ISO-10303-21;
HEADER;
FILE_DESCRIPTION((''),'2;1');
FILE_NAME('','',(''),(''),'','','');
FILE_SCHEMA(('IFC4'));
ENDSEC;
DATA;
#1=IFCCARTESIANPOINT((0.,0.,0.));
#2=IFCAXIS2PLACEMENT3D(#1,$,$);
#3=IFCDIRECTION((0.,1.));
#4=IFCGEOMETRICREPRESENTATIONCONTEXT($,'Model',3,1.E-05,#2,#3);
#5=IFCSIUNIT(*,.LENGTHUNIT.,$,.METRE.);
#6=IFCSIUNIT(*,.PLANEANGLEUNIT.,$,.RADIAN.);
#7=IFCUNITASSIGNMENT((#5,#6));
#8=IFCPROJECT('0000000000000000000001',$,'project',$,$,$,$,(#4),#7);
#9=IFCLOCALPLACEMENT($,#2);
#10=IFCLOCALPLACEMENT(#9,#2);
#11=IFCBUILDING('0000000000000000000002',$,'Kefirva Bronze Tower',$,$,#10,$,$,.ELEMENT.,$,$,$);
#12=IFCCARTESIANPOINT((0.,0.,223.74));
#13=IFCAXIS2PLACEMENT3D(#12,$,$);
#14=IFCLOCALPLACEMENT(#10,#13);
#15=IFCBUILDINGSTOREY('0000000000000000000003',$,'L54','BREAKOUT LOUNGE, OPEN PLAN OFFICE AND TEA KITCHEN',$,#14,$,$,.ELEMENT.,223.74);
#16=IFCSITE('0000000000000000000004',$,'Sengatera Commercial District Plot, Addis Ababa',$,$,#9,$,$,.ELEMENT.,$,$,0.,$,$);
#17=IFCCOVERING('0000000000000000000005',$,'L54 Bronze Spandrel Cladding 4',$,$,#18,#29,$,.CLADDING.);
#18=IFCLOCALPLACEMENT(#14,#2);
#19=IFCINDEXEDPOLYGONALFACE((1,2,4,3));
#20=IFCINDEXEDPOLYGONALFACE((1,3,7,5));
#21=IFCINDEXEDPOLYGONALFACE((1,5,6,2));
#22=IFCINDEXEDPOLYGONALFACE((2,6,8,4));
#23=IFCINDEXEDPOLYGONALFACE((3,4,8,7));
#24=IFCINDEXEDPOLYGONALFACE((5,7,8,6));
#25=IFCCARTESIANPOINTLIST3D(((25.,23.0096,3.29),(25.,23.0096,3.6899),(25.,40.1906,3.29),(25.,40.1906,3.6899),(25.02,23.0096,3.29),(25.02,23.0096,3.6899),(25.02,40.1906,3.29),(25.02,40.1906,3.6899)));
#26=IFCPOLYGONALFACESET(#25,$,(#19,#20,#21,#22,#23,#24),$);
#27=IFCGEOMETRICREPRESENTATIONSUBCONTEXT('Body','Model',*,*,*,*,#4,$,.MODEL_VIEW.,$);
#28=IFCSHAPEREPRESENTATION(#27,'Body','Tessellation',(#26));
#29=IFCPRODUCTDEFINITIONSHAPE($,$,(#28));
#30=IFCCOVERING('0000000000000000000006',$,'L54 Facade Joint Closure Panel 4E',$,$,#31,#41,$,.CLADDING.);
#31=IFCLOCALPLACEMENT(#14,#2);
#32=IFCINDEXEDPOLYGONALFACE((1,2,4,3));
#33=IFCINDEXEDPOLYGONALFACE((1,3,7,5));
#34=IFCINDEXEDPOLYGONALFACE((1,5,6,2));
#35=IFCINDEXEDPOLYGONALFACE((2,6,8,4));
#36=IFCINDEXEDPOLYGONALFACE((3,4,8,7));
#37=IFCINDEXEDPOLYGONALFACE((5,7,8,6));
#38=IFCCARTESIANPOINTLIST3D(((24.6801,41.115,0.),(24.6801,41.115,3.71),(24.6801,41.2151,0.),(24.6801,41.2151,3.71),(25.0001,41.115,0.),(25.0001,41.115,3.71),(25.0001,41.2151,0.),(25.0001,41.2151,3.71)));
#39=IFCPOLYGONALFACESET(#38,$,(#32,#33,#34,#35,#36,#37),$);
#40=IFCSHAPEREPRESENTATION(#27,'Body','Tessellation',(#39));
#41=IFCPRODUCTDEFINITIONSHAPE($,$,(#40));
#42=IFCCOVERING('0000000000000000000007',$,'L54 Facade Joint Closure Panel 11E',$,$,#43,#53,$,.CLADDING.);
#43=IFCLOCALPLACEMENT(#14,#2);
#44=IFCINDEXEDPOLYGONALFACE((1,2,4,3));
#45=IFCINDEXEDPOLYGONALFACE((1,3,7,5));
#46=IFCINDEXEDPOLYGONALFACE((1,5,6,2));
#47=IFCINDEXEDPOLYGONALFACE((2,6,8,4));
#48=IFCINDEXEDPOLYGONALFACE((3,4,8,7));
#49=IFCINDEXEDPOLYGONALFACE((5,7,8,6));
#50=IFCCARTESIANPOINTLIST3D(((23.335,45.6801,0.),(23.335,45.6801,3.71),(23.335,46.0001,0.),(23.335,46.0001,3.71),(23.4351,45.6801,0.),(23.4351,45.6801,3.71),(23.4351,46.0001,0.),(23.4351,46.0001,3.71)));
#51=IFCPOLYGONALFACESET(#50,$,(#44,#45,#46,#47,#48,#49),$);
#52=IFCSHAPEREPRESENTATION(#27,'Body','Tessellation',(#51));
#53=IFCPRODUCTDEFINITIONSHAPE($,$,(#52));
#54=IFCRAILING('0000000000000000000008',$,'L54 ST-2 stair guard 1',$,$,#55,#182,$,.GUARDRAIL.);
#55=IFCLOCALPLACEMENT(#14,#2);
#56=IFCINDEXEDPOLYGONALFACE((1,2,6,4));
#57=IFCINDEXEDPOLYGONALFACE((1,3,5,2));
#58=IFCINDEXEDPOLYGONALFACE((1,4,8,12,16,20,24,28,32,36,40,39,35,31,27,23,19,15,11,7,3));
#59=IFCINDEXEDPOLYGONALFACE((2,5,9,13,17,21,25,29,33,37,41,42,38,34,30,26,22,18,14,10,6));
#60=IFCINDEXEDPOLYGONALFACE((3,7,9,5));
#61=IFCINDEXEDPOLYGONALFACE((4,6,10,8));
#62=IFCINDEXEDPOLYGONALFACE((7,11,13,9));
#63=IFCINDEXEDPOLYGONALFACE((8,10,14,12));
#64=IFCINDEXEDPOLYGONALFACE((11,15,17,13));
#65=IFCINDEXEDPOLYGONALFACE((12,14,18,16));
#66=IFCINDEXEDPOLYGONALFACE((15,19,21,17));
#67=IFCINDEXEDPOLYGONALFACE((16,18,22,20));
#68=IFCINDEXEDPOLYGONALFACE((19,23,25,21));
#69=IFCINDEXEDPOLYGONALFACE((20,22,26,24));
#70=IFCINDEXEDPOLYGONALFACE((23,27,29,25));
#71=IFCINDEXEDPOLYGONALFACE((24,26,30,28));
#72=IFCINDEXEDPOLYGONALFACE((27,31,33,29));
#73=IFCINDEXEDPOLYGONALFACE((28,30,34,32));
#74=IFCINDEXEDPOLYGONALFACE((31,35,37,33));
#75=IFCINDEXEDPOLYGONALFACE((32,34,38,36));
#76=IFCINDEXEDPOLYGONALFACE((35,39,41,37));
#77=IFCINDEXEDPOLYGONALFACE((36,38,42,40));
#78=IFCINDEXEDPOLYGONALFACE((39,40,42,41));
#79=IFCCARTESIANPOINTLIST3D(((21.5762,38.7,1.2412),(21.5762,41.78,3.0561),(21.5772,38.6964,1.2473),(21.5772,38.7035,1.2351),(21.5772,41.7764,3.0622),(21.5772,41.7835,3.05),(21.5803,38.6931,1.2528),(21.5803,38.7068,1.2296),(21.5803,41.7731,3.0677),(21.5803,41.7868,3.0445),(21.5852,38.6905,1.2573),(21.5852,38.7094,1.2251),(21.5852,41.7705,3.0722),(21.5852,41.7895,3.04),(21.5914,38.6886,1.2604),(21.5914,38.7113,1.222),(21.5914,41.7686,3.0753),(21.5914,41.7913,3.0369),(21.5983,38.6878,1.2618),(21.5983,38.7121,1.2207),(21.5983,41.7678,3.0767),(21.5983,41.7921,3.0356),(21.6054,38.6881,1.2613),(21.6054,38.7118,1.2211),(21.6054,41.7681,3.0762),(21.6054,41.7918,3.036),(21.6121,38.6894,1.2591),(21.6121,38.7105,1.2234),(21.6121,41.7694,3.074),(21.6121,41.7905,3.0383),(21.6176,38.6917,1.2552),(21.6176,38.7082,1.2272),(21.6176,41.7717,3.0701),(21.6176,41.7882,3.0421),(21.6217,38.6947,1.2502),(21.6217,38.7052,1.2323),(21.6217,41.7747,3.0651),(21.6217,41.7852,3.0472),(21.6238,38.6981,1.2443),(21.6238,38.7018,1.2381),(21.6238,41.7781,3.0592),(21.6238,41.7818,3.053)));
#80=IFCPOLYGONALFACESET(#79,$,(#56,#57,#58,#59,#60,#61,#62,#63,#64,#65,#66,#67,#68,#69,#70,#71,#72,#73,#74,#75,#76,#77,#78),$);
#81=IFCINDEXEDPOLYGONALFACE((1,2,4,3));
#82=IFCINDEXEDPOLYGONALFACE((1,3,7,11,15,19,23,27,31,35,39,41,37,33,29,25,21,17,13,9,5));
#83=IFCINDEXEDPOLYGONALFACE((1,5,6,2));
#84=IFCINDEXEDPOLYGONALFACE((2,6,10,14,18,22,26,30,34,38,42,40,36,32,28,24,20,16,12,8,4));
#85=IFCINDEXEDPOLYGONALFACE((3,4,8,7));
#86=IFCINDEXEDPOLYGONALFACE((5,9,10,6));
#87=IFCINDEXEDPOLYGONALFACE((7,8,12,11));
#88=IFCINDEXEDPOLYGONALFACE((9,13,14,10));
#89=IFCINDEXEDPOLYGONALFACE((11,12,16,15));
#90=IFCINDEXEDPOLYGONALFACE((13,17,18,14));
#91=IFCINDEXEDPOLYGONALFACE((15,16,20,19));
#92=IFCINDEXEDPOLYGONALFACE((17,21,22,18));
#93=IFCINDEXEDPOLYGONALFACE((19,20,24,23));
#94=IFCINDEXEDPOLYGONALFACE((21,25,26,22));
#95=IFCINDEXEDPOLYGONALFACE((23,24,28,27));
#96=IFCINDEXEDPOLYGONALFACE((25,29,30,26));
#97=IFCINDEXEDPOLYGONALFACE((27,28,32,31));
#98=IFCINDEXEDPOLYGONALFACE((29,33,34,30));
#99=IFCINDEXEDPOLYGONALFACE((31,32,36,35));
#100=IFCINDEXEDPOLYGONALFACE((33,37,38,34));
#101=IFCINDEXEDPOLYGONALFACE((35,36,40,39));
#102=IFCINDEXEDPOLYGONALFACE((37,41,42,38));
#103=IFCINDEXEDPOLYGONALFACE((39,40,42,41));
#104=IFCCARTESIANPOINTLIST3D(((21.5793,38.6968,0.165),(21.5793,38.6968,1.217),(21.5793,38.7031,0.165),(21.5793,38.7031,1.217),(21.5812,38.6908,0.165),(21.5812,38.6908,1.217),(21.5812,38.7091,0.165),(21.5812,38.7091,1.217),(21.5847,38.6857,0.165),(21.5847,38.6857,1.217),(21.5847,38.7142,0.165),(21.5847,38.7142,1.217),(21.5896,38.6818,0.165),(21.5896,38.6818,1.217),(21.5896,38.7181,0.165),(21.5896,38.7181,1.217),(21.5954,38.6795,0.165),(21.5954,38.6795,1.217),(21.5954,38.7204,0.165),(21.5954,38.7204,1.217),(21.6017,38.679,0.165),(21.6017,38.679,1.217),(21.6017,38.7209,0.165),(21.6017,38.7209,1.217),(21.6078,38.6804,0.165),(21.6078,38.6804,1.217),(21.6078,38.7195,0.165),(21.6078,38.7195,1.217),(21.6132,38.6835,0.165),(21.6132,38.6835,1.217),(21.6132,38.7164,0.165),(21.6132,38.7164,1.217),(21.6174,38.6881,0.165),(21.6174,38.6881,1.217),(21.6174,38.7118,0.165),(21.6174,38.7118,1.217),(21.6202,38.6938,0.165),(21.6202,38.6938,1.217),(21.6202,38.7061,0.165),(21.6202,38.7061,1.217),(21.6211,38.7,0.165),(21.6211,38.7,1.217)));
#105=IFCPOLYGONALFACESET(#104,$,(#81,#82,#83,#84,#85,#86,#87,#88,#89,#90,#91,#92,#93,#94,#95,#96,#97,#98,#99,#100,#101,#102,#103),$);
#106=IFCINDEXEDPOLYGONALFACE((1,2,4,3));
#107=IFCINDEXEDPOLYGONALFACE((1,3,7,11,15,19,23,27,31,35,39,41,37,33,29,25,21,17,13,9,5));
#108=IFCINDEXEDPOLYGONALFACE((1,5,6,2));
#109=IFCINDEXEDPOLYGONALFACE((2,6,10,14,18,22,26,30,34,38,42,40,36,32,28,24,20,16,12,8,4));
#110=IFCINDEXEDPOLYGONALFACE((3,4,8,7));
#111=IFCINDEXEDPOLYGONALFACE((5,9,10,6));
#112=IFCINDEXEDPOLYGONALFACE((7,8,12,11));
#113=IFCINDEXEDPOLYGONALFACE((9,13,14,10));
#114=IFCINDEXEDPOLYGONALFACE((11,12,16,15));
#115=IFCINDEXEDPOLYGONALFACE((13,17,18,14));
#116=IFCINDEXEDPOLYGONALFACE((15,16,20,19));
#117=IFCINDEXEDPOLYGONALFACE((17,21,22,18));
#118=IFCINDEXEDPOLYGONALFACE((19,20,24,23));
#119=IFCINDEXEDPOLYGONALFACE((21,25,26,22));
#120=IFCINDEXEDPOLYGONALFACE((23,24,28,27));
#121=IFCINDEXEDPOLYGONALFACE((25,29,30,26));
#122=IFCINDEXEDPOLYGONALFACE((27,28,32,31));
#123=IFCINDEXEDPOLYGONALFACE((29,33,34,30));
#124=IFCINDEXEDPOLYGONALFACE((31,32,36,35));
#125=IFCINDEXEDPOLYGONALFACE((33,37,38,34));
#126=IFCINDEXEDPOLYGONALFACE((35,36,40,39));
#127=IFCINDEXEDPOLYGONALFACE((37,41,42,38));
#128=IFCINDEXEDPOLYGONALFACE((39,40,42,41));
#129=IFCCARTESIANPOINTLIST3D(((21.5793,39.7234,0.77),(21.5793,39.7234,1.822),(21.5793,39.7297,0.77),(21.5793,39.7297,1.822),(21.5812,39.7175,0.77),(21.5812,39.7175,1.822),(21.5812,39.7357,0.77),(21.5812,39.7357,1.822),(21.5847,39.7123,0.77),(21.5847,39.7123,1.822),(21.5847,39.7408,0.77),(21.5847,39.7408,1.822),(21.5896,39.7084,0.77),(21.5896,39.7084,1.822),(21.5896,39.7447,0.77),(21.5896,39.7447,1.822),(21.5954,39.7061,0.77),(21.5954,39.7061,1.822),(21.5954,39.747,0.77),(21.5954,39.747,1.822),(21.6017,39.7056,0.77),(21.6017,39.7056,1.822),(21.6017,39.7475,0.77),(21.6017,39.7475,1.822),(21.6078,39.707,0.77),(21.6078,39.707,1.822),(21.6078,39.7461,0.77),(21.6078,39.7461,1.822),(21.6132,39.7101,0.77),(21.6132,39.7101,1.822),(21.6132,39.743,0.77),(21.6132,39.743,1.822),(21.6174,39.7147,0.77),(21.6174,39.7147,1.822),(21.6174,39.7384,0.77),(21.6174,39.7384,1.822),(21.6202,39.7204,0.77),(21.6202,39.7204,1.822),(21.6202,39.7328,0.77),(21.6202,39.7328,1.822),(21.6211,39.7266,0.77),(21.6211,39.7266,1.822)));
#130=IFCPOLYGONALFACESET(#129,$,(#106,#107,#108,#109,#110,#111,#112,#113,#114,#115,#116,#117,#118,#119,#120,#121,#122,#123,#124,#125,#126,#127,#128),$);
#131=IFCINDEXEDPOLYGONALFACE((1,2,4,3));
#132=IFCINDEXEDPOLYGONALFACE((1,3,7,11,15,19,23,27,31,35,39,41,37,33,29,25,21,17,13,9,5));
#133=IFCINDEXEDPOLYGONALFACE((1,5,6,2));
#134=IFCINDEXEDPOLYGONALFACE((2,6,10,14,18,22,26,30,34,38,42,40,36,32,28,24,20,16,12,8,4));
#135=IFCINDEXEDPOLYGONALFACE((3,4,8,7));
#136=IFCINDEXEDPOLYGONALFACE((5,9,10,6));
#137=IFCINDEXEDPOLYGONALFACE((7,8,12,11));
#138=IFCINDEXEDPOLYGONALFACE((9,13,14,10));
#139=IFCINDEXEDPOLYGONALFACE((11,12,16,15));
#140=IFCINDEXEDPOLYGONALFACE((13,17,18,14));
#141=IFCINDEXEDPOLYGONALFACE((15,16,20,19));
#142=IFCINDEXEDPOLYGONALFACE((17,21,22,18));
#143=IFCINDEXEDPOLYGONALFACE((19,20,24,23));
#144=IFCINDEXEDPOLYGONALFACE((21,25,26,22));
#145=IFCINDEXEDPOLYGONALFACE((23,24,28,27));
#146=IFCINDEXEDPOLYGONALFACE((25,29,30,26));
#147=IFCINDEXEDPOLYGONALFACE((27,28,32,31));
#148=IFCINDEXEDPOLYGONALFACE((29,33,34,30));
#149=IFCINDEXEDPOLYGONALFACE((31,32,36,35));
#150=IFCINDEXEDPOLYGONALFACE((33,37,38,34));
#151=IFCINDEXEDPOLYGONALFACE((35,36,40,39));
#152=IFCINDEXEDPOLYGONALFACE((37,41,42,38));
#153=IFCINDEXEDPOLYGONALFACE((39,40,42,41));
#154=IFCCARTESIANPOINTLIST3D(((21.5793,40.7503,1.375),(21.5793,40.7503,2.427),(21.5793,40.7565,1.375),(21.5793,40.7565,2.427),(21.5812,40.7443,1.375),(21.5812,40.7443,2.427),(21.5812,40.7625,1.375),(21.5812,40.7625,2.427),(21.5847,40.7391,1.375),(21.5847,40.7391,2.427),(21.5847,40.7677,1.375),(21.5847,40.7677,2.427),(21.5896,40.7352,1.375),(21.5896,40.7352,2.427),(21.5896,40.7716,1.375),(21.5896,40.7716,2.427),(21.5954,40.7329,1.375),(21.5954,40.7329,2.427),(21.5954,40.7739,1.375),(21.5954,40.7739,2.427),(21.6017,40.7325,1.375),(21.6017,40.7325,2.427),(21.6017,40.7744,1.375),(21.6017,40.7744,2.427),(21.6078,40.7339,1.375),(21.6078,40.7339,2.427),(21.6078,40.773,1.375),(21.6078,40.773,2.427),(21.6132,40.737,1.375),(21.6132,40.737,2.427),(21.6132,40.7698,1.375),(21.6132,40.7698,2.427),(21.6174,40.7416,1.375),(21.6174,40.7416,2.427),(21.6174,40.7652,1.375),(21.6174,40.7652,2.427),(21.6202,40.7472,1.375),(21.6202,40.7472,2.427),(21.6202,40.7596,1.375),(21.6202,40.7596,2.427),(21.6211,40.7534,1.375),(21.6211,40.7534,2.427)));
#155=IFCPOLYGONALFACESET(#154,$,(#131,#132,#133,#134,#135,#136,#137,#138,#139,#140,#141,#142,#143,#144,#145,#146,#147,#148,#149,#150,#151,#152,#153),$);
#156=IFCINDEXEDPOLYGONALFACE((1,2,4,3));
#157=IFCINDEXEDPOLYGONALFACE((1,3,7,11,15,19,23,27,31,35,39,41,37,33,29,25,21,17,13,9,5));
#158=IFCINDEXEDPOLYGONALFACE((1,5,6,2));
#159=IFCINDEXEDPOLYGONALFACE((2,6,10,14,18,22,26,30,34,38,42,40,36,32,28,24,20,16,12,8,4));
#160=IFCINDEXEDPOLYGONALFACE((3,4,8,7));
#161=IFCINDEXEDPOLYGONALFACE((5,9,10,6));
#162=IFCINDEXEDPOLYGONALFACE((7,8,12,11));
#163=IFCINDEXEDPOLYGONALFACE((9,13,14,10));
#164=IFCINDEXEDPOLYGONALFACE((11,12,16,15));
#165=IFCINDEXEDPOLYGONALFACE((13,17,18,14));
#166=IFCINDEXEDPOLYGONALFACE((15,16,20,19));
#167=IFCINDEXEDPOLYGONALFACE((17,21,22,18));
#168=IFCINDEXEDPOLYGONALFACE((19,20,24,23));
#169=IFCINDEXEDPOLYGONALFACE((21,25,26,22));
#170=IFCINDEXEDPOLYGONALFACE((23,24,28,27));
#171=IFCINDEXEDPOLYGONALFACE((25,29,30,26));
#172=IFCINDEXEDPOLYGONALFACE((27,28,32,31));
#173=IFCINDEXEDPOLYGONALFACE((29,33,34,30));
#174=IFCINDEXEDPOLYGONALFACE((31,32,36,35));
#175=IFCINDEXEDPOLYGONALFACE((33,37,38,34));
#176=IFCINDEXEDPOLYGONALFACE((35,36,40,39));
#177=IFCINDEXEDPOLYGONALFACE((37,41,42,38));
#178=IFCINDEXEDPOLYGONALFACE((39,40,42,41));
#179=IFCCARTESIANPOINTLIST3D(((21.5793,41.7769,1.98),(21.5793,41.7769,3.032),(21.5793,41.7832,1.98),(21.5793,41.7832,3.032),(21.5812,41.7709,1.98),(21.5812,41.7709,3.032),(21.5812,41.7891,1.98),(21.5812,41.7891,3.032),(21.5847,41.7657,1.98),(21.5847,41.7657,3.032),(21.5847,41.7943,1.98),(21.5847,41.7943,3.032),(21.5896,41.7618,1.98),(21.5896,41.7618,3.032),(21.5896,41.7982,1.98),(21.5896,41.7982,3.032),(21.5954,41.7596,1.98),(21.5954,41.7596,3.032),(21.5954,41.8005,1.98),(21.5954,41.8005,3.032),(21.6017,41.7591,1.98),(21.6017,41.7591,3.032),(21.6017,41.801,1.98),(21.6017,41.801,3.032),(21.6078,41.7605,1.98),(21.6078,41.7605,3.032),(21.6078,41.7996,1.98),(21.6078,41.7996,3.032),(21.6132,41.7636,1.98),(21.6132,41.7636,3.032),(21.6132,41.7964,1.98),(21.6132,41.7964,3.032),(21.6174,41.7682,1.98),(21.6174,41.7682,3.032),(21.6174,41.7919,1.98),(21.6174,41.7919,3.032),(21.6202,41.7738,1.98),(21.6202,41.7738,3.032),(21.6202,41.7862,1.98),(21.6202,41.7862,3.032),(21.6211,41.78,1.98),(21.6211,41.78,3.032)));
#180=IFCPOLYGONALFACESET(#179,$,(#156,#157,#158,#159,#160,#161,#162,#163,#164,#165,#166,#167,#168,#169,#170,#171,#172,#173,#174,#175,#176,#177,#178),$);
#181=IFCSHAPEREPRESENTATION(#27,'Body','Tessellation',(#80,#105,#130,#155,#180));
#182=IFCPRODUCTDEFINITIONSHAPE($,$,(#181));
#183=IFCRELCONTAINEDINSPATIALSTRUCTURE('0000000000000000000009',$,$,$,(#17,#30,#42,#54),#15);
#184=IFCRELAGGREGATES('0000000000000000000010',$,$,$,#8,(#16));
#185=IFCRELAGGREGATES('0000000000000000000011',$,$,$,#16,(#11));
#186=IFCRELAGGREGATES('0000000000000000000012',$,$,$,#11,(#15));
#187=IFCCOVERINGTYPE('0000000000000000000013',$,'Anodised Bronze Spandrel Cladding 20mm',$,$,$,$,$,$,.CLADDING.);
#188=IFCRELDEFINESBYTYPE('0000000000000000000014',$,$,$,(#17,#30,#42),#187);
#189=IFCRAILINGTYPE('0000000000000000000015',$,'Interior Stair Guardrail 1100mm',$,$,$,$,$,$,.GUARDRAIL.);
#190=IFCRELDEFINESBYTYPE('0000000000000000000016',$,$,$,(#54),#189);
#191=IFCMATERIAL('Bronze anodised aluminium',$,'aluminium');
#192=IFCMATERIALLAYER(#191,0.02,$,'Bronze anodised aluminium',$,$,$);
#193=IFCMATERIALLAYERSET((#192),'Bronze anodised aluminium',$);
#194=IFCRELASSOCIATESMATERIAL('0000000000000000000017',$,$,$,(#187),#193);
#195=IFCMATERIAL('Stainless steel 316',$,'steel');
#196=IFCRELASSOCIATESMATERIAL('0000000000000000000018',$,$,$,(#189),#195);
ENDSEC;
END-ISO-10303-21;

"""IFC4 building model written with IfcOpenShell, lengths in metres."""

from ifc_helpers import new_model, si_unit, direction, frame, origin, origin_2d, place, context, subcontext, project, spatial, rectangle, circle, extrude, material, layer, layer_set, type_object, element, save


model = new_model("IFC4")

# Units and contexts
model_context = context("Model", 3, precision=1e-05, world=origin(), true_north=direction((0.0, 1.0)))
body_context = subcontext(model_context, "Body", "Model", "MODEL_VIEW")
ifc_project = project(units=[si_unit("LENGTHUNIT", "METRE"), si_unit("PLANEANGLEUNIT", "RADIAN")], contexts=[model_context])

# Site, building, storey
site_placement = place(None, origin())
site = spatial("IfcSite", under=ifc_project, at=site_placement, Name="Sengatera Commercial District Plot, Addis Ababa", CompositionType="ELEMENT", RefElevation=0.0)
building_placement = place(site_placement, origin())
building = spatial("IfcBuilding", under=site, at=building_placement, Name="Kefirva Bronze Tower", CompositionType="ELEMENT")
storey_placement = place(building_placement, frame((0.0, 0.0, 223.74)))
storey = spatial("IfcBuildingStorey", under=building, at=storey_placement, Name="L54", Description="BREAKOUT LOUNGE, OPEN PLAN OFFICE AND TEA KITCHEN", CompositionType="ELEMENT", Elevation=223.74)

# Coverings
ifc_material_1 = material(Name="Bronze anodised aluminium", Category="aluminium")
ifc_layer_1 = layer(ifc_material_1, 0.02, Name="Bronze anodised aluminium")
ifc_layer_set_1 = layer_set([ifc_layer_1], Name="Bronze anodised aluminium")
covering_type = type_object("IfcCoveringType", Name="Anodised Bronze Spandrel Cladding 20mm", PredefinedType="CLADDING", material=ifc_layer_set_1)
covering_placement = place(storey_placement, frame((25.01, 31.6001, 3.29), z_axis=(0.0, 0.0, 1.0), x_axis=(0.0, 1.0, 0.0)))
element("IfcCovering", 1, at=covering_placement, inside=storey, type_object=covering_type, Name="L54 Bronze Spandrel Cladding 4", PredefinedType="CLADDING", context=body_context, shape_type="SweptSolid", body=[
    extrude(rectangle(XDim=17.1809, YDim=0.02, at=origin_2d()), origin(), (0.0, 0.0, 1.0), 0.3999),
])
for number, where, z_axis, x_axis, name in (
    (2, (24.8401, 41.165, 0.0), (0.0, 0.0, 1.0), (0.0, 1.0, 0.0), "L54 Facade Joint Closure Panel 4E"),
    (3, (23.385, 45.8401, 0.0), (0.0, 0.0, 1.0), (-1.0, 0.0, 0.0), "L54 Facade Joint Closure Panel 11E"),
):
    element("IfcCovering", number, at=place(storey_placement, frame(where, z_axis=z_axis, x_axis=x_axis)), inside=storey, type_object=covering_type, Name=name, PredefinedType="CLADDING", context=body_context, shape_type="SweptSolid", body=[
        extrude(rectangle(XDim=0.1001, YDim=0.3201, at=origin_2d()), origin(), (0.0, 0.0, 1.0), 3.71),
    ])

# Railing
ifc_material_2 = material(Name="Stainless steel 316", Category="steel")
railing_type_1 = type_object("IfcRailingType", Name="Interior Stair Guardrail 1100mm", PredefinedType="GUARDRAIL", material=ifc_material_2)
railing_1_placement = place(storey_placement, frame((21.6001, 38.7, 0.165)))
element("IfcRailing", 4, at=railing_1_placement, inside=storey, type_object=railing_type_1, Name="L54 ST-2 stair guard 1", PredefinedType="GUARDRAIL", context=body_context, shape_type="SweptSolid", body=[
    extrude(circle(Radius=0.0239, at=origin_2d()), frame((0.0, 0.0, 1.0762), z_axis=(0.0, 0.861551, 0.507671), x_axis=(-1.0, 0.0, 0.0)), (0.0, 0.0, 1.0), 3.575),
    extrude(circle(Radius=0.021, at=origin_2d()), origin(), (0.0, 0.0, 1.0), 1.052),
    extrude(circle(Radius=0.021, at=origin_2d()), frame((0.0, 1.0266, 0.605)), (0.0, 0.0, 1.0), 1.052),
    extrude(circle(Radius=0.021, at=origin_2d()), frame((0.0, 2.0535, 1.21)), (0.0, 0.0, 1.0), 1.052),
    extrude(circle(Radius=0.021, at=origin_2d()), frame((0.0, 3.0801, 1.8149)), (0.0, 0.0, 1.0), 1.052),
])

save(model, "model.ifc")
